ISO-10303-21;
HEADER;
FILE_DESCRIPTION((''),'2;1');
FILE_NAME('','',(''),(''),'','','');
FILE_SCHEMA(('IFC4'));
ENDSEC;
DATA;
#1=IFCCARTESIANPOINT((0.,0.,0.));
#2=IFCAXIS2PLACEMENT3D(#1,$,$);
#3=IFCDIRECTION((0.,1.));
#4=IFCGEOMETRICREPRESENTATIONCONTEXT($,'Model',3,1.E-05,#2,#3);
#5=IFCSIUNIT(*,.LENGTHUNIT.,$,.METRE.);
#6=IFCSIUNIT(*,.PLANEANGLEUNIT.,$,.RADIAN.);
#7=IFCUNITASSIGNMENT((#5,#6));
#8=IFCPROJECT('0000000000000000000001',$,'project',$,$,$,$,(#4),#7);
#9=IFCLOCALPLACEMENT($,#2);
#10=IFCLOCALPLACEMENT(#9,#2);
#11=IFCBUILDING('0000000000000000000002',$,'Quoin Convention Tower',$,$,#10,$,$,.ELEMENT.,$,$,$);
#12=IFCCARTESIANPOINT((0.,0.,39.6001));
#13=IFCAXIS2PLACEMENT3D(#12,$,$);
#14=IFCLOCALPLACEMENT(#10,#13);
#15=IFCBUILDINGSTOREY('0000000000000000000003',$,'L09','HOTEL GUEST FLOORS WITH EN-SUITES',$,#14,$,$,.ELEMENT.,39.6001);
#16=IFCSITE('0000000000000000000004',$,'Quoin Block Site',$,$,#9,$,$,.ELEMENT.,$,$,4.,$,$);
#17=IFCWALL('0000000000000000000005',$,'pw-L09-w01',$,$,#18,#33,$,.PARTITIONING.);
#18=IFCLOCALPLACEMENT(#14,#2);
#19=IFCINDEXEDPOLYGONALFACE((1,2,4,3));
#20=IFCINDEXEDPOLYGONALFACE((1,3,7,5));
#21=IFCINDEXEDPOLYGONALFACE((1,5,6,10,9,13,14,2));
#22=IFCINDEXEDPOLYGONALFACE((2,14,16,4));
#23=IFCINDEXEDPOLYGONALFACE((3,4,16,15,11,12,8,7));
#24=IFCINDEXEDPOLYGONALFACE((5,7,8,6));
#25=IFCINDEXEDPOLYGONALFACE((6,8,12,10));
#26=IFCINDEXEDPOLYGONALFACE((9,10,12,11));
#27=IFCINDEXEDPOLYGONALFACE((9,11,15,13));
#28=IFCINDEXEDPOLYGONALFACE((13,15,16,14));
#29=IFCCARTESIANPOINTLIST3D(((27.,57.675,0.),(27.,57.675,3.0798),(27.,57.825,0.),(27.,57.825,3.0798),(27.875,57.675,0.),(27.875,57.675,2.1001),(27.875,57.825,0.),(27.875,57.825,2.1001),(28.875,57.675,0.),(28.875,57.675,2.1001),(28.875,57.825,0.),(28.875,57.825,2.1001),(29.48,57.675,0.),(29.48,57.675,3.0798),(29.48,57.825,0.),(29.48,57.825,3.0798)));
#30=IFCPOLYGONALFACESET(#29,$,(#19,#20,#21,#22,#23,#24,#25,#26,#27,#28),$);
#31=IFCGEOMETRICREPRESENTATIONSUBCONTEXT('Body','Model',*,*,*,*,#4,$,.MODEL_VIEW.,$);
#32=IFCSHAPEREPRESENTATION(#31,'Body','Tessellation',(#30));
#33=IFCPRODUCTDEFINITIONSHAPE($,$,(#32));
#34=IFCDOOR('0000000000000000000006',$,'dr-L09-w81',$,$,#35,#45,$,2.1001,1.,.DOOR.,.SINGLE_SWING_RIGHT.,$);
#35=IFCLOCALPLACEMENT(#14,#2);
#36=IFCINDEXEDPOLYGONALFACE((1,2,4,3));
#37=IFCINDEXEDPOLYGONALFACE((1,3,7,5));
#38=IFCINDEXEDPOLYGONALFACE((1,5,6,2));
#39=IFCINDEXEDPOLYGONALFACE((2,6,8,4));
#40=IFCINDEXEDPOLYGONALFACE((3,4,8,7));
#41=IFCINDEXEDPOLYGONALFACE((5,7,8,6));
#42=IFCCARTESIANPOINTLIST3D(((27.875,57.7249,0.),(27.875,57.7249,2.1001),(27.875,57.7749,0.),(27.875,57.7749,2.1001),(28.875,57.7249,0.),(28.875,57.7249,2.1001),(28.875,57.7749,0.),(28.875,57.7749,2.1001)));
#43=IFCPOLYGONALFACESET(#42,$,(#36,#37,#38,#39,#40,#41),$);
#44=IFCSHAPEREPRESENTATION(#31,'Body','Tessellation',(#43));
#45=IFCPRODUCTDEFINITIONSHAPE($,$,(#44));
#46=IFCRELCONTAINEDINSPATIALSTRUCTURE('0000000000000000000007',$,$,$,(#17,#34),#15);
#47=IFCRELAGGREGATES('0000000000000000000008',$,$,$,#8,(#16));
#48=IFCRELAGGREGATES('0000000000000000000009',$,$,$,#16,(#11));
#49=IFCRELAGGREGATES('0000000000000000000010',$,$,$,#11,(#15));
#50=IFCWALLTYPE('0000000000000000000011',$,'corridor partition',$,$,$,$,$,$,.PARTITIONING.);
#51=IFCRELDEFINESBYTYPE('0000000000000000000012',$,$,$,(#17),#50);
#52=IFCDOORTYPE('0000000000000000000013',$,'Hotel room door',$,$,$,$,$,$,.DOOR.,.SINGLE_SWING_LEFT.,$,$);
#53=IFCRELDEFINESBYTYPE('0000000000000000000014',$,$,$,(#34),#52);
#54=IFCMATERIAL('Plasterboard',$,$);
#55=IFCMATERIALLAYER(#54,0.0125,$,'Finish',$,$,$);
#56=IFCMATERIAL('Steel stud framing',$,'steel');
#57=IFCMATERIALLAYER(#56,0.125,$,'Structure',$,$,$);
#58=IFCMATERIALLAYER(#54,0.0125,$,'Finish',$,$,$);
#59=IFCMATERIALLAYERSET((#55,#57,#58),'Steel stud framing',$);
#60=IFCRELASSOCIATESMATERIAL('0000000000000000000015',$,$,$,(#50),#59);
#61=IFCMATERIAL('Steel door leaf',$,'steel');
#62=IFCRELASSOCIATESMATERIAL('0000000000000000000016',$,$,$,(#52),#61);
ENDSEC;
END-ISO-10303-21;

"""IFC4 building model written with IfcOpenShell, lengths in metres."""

from ifc_helpers import new_model, si_unit, direction, frame, frame_2d, origin, place, context, subcontext, project, spatial, rectangle, extrude, material, layer, layer_set, type_object, element, fill, save


model = new_model("IFC4")

# Units and contexts
model_context = context("Model", 3, precision=1e-05, world=origin(), true_north=direction((0.0, 1.0)))
body_context = subcontext(model_context, "Body", "Model", "MODEL_VIEW")
ifc_project = project(units=[si_unit("LENGTHUNIT", "METRE"), si_unit("PLANEANGLEUNIT", "RADIAN")], contexts=[model_context])

# Site, building, storey
site_placement = place(None, origin())
site = spatial("IfcSite", under=ifc_project, at=site_placement, Name="Quoin Block Site", CompositionType="ELEMENT", RefElevation=4.0)
building_placement = place(site_placement, origin())
building = spatial("IfcBuilding", under=site, at=building_placement, Name="Quoin Convention Tower", CompositionType="ELEMENT")
storey_placement = place(building_placement, frame((0.0, 0.0, 39.6001)))
storey = spatial("IfcBuildingStorey", under=building, at=storey_placement, Name="L09", Description="HOTEL GUEST FLOORS WITH EN-SUITES", CompositionType="ELEMENT", Elevation=39.6001)

# Wall, opening, door
ifc_material_1 = material(Name="Plasterboard")
ifc_layer_1 = layer(ifc_material_1, 0.0125, Name="Finish")
ifc_material_2 = material(Name="Steel stud framing", Category="steel")
ifc_layer_2 = layer(ifc_material_2, 0.125, Name="Structure")
ifc_layer_3 = layer(ifc_material_1, 0.0125, Name="Finish")
ifc_layer_set_1 = layer_set([ifc_layer_1, ifc_layer_2, ifc_layer_3], Name="Steel stud framing")
wall_type_1 = type_object("IfcWallType", Name="corridor partition", PredefinedType="PARTITIONING", material=ifc_layer_set_1)
wall_1_placement = place(storey_placement, frame((27.0, 57.75, 0.0), z_axis=(0.0, 0.0, 1.0), x_axis=(1.0, 0.0, 0.0)))
wall_1 = element("IfcWall", 1, at=wall_1_placement, inside=storey, type_object=wall_type_1, Name="pw-L09-w01", PredefinedType="PARTITIONING", context=body_context, shape_type="SweptSolid", body=[
    extrude(rectangle(XDim=2.48, YDim=0.1499, at=frame_2d((1.24, 0.0))), origin(), (0.0, 0.0, 1.0), 3.0798),
])
opening_1_placement = place(wall_1_placement, frame((0.875, 0.0, 0.0)))
opening_1 = element("IfcOpeningElement", 2, at=opening_1_placement, cuts=wall_1, PredefinedType="OPENING", context=body_context, shape_type="SweptSolid", body=[
    extrude(rectangle(XDim=1.0, YDim=2.1001, at=frame_2d((0.5, 1.05))), frame((0.0, 0.085, 0.0), z_axis=(0.0, -1.0, 0.0), x_axis=(1.0, 0.0, 0.0)), (0.0, 0.0, 1.0), 0.1699),
])
ifc_material_3 = material(Name="Steel door leaf", Category="steel")
door_type = type_object("IfcDoorType", Name="Hotel room door", OperationType="SINGLE_SWING_LEFT", PredefinedType="DOOR", material=ifc_material_3)
door_placement = place(opening_1_placement, origin())
door = element("IfcDoor", 3, at=door_placement, inside=storey, type_object=door_type, Name="dr-L09-w81", OperationType="SINGLE_SWING_RIGHT", OverallHeight=2.1001, OverallWidth=1.0, PredefinedType="DOOR", context=body_context, shape_type="SweptSolid", body=[
    extrude(rectangle(XDim=1.0, YDim=2.1001, at=frame_2d((0.5, 1.05))), frame((0.0, 0.0249, 0.0), z_axis=(0.0, -1.0, 0.0), x_axis=(1.0, 0.0, 0.0)), (0.0, 0.0, 1.0), 0.05),
])
fill(opening_1, door)

save(model, "model.ifc")
